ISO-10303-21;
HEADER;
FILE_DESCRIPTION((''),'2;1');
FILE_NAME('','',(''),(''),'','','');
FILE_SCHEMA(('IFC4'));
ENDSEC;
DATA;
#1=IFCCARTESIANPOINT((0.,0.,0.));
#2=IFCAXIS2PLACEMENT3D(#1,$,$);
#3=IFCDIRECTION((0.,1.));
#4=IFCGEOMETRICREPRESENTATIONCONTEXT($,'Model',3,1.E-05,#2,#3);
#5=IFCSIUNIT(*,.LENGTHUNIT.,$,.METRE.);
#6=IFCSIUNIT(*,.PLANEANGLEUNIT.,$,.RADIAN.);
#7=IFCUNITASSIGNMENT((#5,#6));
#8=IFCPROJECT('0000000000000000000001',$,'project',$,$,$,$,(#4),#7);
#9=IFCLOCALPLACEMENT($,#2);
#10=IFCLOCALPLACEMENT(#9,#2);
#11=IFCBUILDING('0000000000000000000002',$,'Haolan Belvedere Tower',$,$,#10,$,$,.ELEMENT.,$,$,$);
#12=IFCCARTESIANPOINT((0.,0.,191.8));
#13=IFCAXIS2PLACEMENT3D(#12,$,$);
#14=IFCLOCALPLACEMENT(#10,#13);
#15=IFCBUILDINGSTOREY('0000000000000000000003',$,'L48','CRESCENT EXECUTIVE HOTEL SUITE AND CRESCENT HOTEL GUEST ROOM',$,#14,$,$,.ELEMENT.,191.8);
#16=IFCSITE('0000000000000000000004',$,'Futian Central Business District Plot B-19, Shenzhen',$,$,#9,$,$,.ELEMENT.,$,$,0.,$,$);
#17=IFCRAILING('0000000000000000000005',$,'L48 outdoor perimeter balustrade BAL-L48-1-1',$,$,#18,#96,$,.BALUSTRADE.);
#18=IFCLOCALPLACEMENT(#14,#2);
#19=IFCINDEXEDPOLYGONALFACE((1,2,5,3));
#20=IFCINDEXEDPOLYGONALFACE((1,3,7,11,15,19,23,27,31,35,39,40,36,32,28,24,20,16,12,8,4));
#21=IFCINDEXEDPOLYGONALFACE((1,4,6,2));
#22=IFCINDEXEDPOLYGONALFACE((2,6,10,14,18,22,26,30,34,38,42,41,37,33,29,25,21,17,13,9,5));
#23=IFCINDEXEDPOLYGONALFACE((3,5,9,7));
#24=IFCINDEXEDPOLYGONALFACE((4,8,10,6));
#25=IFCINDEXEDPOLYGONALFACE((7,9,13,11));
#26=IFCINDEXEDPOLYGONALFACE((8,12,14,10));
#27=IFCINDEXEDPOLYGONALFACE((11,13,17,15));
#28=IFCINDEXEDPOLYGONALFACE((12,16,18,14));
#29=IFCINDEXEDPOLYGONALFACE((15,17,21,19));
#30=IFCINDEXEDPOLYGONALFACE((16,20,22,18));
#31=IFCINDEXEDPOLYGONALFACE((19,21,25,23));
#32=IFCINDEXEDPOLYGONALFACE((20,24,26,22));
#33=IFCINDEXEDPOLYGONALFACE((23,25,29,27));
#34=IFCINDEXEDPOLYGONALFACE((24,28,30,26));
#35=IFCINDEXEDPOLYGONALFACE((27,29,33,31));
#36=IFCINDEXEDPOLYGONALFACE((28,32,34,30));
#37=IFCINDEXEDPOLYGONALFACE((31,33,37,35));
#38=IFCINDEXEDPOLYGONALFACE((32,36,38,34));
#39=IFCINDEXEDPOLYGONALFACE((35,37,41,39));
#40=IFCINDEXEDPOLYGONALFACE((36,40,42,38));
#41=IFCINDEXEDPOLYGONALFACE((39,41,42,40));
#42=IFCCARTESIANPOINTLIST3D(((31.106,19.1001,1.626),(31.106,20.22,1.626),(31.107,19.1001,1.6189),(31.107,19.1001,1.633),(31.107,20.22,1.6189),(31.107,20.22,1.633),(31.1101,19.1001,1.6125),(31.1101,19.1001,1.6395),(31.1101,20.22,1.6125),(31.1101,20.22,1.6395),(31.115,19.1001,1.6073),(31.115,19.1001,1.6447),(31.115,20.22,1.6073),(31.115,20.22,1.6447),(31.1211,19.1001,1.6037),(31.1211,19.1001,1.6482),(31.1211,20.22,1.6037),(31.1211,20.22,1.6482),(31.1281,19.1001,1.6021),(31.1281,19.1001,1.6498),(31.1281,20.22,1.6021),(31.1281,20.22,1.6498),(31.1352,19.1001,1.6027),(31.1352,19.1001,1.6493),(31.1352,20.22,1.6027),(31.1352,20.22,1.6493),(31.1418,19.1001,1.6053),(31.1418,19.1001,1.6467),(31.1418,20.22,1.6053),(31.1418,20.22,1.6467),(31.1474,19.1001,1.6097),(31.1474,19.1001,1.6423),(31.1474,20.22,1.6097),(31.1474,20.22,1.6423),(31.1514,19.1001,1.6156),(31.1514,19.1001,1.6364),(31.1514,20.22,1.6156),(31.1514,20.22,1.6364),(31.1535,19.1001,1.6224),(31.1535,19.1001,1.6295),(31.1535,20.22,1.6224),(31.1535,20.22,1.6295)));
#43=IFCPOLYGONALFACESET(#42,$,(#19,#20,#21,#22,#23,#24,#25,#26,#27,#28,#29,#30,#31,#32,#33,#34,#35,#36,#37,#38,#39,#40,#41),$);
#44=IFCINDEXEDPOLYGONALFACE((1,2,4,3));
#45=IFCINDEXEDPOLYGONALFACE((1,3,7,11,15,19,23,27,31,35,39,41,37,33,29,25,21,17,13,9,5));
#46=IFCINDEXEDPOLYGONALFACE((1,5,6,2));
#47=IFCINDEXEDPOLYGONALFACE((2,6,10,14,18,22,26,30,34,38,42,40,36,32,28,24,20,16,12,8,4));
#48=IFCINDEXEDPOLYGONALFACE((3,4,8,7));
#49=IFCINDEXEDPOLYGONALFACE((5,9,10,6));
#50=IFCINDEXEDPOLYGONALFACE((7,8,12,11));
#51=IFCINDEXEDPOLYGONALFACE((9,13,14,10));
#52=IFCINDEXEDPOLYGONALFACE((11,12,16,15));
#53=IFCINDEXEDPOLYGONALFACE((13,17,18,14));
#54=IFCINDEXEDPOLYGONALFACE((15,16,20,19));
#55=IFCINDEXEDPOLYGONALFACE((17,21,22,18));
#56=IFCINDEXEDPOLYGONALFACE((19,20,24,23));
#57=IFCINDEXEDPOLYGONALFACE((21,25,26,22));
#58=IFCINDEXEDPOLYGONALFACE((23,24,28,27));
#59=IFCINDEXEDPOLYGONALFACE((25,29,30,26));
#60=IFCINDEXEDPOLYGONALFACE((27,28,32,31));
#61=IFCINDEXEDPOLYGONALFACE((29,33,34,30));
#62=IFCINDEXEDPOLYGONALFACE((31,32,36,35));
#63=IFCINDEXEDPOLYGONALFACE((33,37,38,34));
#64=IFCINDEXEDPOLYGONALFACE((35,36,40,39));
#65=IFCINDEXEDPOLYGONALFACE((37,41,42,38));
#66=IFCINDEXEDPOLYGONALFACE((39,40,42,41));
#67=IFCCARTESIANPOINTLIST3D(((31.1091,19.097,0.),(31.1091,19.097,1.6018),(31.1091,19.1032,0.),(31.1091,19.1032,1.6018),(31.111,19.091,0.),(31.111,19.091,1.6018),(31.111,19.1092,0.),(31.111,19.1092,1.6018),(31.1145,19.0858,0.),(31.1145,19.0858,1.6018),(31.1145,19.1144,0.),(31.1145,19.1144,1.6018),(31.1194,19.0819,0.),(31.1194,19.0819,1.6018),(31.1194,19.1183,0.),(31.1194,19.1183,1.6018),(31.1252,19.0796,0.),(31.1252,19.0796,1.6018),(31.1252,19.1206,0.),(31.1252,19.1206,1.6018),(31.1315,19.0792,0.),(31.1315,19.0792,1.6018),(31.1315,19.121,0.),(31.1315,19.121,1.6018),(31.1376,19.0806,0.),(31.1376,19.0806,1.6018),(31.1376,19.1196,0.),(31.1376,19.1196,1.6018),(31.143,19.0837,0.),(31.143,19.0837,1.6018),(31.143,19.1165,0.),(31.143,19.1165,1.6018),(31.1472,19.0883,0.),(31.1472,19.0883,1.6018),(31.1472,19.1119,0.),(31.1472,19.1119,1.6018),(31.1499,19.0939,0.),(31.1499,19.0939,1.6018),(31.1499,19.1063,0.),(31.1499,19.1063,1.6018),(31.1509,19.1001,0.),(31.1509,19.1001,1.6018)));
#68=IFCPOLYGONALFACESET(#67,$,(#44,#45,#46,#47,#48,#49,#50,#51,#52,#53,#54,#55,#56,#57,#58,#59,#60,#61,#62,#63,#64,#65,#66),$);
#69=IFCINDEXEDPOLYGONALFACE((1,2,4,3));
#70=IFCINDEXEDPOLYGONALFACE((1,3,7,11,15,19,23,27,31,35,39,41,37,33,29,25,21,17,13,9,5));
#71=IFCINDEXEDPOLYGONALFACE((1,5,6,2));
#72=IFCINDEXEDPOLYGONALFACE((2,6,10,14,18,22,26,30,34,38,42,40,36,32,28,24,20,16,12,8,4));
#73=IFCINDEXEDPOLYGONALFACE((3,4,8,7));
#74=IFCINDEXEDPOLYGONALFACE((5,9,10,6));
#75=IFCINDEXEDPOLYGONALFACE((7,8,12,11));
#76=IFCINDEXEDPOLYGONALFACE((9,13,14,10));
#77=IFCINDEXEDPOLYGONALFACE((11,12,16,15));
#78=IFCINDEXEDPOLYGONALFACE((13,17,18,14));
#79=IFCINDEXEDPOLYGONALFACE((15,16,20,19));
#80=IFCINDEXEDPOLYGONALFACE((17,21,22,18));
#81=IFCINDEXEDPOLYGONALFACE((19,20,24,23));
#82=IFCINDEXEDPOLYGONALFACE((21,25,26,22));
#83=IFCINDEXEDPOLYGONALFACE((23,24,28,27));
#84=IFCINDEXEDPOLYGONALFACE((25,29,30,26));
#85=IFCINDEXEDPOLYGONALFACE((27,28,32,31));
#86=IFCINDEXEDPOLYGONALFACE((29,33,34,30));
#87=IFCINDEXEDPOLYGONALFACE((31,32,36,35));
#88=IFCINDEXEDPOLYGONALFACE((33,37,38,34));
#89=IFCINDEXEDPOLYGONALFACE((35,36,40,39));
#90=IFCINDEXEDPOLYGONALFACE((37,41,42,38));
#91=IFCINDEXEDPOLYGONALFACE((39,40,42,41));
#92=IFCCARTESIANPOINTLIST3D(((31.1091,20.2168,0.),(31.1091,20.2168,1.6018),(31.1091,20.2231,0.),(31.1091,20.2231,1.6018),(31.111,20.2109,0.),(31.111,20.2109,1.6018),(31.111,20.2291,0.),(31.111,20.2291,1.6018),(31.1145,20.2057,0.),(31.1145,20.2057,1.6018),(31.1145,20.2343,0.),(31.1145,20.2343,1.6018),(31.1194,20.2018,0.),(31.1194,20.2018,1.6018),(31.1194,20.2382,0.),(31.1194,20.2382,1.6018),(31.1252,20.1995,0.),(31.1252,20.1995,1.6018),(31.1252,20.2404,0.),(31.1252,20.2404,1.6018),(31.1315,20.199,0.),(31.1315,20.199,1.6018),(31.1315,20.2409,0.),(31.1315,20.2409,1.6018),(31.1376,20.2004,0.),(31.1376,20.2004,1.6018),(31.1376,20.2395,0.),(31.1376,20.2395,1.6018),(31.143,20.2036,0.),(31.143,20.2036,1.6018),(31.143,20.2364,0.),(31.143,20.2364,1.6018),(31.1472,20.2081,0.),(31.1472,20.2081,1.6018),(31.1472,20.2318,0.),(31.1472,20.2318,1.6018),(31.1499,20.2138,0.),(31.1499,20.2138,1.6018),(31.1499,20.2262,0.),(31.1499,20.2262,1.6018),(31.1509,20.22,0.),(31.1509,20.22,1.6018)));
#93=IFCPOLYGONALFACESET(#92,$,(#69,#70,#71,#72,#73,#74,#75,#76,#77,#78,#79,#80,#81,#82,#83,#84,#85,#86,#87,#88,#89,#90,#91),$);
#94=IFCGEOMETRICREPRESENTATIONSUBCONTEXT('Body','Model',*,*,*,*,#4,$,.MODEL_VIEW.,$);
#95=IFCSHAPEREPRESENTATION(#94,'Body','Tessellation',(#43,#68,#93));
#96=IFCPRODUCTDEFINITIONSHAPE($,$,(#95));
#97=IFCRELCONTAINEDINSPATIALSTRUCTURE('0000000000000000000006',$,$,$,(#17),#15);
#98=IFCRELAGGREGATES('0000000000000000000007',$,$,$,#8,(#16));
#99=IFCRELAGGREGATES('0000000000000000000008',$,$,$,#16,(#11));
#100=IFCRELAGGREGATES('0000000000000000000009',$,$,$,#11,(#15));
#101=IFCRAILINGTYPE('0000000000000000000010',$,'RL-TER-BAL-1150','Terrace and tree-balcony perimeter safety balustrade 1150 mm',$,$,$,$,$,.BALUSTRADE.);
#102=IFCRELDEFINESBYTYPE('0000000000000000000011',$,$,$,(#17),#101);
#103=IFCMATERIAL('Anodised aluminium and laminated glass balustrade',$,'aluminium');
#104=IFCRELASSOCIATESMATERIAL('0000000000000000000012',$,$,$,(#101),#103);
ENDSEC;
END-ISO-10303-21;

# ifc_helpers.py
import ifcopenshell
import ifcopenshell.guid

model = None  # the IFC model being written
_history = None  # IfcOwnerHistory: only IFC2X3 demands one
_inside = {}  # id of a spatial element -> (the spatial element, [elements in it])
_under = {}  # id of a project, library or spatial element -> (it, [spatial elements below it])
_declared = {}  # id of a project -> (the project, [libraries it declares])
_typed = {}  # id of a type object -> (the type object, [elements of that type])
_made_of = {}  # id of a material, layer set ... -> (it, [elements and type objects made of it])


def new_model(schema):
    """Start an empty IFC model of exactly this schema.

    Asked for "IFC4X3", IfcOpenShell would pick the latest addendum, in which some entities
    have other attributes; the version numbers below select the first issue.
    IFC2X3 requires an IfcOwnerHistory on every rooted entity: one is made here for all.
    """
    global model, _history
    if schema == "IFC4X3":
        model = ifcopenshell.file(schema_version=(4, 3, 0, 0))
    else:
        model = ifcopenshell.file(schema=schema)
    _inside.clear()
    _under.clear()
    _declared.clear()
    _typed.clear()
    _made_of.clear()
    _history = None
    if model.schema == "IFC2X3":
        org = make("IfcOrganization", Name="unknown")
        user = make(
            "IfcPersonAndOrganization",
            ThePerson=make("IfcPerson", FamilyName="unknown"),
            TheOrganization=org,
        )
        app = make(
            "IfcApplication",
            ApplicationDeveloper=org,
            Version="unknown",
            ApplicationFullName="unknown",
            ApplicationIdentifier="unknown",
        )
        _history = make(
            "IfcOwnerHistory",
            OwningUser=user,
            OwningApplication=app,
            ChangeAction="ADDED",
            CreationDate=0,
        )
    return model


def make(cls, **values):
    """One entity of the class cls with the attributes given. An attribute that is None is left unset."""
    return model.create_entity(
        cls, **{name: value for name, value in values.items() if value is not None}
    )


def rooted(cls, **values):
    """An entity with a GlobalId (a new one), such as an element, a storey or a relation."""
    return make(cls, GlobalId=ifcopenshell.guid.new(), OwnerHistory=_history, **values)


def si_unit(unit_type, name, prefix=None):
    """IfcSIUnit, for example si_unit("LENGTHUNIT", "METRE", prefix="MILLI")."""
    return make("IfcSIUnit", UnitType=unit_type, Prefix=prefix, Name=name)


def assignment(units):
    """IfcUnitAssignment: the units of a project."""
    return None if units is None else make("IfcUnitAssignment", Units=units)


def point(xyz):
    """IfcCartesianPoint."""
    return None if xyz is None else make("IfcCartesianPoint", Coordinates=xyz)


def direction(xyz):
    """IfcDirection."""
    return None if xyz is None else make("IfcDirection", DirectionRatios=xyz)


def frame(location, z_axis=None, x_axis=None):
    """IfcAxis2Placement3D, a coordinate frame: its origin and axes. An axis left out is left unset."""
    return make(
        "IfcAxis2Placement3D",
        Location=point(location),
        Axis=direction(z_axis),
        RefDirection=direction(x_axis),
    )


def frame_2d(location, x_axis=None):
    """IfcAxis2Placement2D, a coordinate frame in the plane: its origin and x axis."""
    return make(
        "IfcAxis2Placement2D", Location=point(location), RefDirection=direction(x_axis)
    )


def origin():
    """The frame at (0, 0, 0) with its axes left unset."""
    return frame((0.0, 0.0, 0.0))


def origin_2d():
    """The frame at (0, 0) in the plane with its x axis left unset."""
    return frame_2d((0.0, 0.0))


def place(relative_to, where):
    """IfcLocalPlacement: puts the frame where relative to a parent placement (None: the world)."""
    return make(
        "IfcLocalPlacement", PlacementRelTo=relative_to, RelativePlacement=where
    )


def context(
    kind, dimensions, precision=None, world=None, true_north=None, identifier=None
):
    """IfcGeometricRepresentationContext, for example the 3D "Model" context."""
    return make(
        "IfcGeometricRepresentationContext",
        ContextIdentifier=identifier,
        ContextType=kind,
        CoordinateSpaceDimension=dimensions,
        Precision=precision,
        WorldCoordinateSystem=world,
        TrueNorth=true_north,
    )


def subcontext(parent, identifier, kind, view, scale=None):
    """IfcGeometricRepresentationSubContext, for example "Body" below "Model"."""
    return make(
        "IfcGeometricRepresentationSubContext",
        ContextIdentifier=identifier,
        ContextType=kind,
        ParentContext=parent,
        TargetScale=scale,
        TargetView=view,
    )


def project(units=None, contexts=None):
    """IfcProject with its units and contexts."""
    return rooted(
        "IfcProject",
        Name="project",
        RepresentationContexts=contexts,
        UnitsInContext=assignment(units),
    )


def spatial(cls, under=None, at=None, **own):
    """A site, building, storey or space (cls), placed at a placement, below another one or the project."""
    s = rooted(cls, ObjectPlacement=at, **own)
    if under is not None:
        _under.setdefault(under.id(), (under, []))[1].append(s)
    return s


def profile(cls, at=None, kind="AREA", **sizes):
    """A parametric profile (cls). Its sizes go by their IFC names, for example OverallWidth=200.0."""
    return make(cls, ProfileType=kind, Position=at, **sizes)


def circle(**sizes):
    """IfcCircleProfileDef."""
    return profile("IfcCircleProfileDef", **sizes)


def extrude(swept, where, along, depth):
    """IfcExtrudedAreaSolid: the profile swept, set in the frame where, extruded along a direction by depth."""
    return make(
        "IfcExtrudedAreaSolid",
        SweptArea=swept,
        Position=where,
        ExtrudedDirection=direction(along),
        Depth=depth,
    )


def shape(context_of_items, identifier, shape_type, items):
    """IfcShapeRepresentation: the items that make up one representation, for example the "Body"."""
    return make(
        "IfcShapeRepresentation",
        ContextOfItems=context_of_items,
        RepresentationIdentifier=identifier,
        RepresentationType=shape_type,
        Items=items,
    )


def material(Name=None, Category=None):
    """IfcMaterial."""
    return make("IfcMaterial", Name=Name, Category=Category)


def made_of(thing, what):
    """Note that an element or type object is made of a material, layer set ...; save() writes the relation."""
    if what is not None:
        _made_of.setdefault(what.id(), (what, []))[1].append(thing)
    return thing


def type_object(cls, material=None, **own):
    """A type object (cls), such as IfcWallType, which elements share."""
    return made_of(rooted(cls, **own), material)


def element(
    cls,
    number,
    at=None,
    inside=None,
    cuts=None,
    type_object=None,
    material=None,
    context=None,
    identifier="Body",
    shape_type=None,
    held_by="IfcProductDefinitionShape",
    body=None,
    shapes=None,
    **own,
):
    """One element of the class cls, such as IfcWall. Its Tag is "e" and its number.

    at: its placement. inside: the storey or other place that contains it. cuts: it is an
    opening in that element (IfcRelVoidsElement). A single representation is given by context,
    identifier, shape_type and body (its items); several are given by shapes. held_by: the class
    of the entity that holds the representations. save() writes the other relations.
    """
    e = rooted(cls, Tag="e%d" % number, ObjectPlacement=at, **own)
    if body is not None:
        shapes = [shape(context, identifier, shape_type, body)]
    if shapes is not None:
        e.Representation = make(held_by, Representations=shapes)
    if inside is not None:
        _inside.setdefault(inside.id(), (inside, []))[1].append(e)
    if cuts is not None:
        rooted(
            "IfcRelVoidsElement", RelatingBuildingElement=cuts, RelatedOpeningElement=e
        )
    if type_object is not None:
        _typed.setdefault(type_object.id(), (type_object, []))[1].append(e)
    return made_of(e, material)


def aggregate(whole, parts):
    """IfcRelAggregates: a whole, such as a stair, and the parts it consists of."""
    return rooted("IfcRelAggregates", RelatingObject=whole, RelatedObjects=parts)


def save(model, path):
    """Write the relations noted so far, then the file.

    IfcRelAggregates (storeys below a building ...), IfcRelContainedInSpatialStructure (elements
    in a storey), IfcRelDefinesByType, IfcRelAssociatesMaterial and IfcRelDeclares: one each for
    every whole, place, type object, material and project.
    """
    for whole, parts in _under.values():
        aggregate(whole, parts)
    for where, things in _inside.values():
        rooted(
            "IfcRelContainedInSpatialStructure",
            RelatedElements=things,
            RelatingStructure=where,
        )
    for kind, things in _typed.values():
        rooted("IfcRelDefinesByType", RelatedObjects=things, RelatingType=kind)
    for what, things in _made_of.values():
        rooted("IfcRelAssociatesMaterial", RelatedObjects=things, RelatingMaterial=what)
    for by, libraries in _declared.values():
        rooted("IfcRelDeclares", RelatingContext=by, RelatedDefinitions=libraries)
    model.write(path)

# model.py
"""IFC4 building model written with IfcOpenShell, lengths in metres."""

from ifc_helpers import new_model, si_unit, direction, frame, origin, origin_2d, place, context, subcontext, project, spatial, circle, extrude, material, type_object, element, save


model = new_model("IFC4")

# Units and contexts
model_context = context("Model", 3, precision=1e-05, world=origin(), true_north=direction((0.0, 1.0)))
body_context = subcontext(model_context, "Body", "Model", "MODEL_VIEW")
ifc_project = project(units=[si_unit("LENGTHUNIT", "METRE"), si_unit("PLANEANGLEUNIT", "RADIAN")], contexts=[model_context])

# Site, building, storey
site_placement = place(None, origin())
site = spatial("IfcSite", under=ifc_project, at=site_placement, Name="Futian Central Business District Plot B-19, Shenzhen", CompositionType="ELEMENT", RefElevation=0.0)
building_placement = place(site_placement, origin())
building = spatial("IfcBuilding", under=site, at=building_placement, Name="Haolan Belvedere Tower", CompositionType="ELEMENT")
storey_placement = place(building_placement, frame((0.0, 0.0, 191.8)))
storey = spatial("IfcBuildingStorey", under=building, at=storey_placement, Name="L48", Description="CRESCENT EXECUTIVE HOTEL SUITE AND CRESCENT HOTEL GUEST ROOM", CompositionType="ELEMENT", Elevation=191.8)

# Railing
ifc_material_1 = material(Name="Anodised aluminium and laminated glass balustrade", Category="aluminium")
railing_type = type_object("IfcRailingType", Name="RL-TER-BAL-1150", Description="Terrace and tree-balcony perimeter safety balustrade 1150 mm", PredefinedType="BALUSTRADE", material=ifc_material_1)
railing_1_placement = place(storey_placement, frame((31.1299, 19.1001, 0.0)))
element("IfcRailing", 1, at=railing_1_placement, inside=storey, type_object=railing_type, Name="L48 outdoor perimeter balustrade BAL-L48-1-1", PredefinedType="BALUSTRADE", context=body_context, shape_type="SweptSolid", body=[
    extrude(circle(Radius=0.0239, at=origin_2d()), frame((0.0, 0.0, 1.626), z_axis=(0.0, 1.0, 0.0), x_axis=(-1.0, 0.0, 0.0)), (0.0, 0.0, 1.0), 1.1199),
    extrude(circle(Radius=0.021, at=origin_2d()), origin(), (0.0, 0.0, 1.0), 1.6018),
    extrude(circle(Radius=0.021, at=origin_2d()), frame((0.0, 1.1199, 0.0)), (0.0, 0.0, 1.0), 1.6018),
])

save(model, "model.ifc")
